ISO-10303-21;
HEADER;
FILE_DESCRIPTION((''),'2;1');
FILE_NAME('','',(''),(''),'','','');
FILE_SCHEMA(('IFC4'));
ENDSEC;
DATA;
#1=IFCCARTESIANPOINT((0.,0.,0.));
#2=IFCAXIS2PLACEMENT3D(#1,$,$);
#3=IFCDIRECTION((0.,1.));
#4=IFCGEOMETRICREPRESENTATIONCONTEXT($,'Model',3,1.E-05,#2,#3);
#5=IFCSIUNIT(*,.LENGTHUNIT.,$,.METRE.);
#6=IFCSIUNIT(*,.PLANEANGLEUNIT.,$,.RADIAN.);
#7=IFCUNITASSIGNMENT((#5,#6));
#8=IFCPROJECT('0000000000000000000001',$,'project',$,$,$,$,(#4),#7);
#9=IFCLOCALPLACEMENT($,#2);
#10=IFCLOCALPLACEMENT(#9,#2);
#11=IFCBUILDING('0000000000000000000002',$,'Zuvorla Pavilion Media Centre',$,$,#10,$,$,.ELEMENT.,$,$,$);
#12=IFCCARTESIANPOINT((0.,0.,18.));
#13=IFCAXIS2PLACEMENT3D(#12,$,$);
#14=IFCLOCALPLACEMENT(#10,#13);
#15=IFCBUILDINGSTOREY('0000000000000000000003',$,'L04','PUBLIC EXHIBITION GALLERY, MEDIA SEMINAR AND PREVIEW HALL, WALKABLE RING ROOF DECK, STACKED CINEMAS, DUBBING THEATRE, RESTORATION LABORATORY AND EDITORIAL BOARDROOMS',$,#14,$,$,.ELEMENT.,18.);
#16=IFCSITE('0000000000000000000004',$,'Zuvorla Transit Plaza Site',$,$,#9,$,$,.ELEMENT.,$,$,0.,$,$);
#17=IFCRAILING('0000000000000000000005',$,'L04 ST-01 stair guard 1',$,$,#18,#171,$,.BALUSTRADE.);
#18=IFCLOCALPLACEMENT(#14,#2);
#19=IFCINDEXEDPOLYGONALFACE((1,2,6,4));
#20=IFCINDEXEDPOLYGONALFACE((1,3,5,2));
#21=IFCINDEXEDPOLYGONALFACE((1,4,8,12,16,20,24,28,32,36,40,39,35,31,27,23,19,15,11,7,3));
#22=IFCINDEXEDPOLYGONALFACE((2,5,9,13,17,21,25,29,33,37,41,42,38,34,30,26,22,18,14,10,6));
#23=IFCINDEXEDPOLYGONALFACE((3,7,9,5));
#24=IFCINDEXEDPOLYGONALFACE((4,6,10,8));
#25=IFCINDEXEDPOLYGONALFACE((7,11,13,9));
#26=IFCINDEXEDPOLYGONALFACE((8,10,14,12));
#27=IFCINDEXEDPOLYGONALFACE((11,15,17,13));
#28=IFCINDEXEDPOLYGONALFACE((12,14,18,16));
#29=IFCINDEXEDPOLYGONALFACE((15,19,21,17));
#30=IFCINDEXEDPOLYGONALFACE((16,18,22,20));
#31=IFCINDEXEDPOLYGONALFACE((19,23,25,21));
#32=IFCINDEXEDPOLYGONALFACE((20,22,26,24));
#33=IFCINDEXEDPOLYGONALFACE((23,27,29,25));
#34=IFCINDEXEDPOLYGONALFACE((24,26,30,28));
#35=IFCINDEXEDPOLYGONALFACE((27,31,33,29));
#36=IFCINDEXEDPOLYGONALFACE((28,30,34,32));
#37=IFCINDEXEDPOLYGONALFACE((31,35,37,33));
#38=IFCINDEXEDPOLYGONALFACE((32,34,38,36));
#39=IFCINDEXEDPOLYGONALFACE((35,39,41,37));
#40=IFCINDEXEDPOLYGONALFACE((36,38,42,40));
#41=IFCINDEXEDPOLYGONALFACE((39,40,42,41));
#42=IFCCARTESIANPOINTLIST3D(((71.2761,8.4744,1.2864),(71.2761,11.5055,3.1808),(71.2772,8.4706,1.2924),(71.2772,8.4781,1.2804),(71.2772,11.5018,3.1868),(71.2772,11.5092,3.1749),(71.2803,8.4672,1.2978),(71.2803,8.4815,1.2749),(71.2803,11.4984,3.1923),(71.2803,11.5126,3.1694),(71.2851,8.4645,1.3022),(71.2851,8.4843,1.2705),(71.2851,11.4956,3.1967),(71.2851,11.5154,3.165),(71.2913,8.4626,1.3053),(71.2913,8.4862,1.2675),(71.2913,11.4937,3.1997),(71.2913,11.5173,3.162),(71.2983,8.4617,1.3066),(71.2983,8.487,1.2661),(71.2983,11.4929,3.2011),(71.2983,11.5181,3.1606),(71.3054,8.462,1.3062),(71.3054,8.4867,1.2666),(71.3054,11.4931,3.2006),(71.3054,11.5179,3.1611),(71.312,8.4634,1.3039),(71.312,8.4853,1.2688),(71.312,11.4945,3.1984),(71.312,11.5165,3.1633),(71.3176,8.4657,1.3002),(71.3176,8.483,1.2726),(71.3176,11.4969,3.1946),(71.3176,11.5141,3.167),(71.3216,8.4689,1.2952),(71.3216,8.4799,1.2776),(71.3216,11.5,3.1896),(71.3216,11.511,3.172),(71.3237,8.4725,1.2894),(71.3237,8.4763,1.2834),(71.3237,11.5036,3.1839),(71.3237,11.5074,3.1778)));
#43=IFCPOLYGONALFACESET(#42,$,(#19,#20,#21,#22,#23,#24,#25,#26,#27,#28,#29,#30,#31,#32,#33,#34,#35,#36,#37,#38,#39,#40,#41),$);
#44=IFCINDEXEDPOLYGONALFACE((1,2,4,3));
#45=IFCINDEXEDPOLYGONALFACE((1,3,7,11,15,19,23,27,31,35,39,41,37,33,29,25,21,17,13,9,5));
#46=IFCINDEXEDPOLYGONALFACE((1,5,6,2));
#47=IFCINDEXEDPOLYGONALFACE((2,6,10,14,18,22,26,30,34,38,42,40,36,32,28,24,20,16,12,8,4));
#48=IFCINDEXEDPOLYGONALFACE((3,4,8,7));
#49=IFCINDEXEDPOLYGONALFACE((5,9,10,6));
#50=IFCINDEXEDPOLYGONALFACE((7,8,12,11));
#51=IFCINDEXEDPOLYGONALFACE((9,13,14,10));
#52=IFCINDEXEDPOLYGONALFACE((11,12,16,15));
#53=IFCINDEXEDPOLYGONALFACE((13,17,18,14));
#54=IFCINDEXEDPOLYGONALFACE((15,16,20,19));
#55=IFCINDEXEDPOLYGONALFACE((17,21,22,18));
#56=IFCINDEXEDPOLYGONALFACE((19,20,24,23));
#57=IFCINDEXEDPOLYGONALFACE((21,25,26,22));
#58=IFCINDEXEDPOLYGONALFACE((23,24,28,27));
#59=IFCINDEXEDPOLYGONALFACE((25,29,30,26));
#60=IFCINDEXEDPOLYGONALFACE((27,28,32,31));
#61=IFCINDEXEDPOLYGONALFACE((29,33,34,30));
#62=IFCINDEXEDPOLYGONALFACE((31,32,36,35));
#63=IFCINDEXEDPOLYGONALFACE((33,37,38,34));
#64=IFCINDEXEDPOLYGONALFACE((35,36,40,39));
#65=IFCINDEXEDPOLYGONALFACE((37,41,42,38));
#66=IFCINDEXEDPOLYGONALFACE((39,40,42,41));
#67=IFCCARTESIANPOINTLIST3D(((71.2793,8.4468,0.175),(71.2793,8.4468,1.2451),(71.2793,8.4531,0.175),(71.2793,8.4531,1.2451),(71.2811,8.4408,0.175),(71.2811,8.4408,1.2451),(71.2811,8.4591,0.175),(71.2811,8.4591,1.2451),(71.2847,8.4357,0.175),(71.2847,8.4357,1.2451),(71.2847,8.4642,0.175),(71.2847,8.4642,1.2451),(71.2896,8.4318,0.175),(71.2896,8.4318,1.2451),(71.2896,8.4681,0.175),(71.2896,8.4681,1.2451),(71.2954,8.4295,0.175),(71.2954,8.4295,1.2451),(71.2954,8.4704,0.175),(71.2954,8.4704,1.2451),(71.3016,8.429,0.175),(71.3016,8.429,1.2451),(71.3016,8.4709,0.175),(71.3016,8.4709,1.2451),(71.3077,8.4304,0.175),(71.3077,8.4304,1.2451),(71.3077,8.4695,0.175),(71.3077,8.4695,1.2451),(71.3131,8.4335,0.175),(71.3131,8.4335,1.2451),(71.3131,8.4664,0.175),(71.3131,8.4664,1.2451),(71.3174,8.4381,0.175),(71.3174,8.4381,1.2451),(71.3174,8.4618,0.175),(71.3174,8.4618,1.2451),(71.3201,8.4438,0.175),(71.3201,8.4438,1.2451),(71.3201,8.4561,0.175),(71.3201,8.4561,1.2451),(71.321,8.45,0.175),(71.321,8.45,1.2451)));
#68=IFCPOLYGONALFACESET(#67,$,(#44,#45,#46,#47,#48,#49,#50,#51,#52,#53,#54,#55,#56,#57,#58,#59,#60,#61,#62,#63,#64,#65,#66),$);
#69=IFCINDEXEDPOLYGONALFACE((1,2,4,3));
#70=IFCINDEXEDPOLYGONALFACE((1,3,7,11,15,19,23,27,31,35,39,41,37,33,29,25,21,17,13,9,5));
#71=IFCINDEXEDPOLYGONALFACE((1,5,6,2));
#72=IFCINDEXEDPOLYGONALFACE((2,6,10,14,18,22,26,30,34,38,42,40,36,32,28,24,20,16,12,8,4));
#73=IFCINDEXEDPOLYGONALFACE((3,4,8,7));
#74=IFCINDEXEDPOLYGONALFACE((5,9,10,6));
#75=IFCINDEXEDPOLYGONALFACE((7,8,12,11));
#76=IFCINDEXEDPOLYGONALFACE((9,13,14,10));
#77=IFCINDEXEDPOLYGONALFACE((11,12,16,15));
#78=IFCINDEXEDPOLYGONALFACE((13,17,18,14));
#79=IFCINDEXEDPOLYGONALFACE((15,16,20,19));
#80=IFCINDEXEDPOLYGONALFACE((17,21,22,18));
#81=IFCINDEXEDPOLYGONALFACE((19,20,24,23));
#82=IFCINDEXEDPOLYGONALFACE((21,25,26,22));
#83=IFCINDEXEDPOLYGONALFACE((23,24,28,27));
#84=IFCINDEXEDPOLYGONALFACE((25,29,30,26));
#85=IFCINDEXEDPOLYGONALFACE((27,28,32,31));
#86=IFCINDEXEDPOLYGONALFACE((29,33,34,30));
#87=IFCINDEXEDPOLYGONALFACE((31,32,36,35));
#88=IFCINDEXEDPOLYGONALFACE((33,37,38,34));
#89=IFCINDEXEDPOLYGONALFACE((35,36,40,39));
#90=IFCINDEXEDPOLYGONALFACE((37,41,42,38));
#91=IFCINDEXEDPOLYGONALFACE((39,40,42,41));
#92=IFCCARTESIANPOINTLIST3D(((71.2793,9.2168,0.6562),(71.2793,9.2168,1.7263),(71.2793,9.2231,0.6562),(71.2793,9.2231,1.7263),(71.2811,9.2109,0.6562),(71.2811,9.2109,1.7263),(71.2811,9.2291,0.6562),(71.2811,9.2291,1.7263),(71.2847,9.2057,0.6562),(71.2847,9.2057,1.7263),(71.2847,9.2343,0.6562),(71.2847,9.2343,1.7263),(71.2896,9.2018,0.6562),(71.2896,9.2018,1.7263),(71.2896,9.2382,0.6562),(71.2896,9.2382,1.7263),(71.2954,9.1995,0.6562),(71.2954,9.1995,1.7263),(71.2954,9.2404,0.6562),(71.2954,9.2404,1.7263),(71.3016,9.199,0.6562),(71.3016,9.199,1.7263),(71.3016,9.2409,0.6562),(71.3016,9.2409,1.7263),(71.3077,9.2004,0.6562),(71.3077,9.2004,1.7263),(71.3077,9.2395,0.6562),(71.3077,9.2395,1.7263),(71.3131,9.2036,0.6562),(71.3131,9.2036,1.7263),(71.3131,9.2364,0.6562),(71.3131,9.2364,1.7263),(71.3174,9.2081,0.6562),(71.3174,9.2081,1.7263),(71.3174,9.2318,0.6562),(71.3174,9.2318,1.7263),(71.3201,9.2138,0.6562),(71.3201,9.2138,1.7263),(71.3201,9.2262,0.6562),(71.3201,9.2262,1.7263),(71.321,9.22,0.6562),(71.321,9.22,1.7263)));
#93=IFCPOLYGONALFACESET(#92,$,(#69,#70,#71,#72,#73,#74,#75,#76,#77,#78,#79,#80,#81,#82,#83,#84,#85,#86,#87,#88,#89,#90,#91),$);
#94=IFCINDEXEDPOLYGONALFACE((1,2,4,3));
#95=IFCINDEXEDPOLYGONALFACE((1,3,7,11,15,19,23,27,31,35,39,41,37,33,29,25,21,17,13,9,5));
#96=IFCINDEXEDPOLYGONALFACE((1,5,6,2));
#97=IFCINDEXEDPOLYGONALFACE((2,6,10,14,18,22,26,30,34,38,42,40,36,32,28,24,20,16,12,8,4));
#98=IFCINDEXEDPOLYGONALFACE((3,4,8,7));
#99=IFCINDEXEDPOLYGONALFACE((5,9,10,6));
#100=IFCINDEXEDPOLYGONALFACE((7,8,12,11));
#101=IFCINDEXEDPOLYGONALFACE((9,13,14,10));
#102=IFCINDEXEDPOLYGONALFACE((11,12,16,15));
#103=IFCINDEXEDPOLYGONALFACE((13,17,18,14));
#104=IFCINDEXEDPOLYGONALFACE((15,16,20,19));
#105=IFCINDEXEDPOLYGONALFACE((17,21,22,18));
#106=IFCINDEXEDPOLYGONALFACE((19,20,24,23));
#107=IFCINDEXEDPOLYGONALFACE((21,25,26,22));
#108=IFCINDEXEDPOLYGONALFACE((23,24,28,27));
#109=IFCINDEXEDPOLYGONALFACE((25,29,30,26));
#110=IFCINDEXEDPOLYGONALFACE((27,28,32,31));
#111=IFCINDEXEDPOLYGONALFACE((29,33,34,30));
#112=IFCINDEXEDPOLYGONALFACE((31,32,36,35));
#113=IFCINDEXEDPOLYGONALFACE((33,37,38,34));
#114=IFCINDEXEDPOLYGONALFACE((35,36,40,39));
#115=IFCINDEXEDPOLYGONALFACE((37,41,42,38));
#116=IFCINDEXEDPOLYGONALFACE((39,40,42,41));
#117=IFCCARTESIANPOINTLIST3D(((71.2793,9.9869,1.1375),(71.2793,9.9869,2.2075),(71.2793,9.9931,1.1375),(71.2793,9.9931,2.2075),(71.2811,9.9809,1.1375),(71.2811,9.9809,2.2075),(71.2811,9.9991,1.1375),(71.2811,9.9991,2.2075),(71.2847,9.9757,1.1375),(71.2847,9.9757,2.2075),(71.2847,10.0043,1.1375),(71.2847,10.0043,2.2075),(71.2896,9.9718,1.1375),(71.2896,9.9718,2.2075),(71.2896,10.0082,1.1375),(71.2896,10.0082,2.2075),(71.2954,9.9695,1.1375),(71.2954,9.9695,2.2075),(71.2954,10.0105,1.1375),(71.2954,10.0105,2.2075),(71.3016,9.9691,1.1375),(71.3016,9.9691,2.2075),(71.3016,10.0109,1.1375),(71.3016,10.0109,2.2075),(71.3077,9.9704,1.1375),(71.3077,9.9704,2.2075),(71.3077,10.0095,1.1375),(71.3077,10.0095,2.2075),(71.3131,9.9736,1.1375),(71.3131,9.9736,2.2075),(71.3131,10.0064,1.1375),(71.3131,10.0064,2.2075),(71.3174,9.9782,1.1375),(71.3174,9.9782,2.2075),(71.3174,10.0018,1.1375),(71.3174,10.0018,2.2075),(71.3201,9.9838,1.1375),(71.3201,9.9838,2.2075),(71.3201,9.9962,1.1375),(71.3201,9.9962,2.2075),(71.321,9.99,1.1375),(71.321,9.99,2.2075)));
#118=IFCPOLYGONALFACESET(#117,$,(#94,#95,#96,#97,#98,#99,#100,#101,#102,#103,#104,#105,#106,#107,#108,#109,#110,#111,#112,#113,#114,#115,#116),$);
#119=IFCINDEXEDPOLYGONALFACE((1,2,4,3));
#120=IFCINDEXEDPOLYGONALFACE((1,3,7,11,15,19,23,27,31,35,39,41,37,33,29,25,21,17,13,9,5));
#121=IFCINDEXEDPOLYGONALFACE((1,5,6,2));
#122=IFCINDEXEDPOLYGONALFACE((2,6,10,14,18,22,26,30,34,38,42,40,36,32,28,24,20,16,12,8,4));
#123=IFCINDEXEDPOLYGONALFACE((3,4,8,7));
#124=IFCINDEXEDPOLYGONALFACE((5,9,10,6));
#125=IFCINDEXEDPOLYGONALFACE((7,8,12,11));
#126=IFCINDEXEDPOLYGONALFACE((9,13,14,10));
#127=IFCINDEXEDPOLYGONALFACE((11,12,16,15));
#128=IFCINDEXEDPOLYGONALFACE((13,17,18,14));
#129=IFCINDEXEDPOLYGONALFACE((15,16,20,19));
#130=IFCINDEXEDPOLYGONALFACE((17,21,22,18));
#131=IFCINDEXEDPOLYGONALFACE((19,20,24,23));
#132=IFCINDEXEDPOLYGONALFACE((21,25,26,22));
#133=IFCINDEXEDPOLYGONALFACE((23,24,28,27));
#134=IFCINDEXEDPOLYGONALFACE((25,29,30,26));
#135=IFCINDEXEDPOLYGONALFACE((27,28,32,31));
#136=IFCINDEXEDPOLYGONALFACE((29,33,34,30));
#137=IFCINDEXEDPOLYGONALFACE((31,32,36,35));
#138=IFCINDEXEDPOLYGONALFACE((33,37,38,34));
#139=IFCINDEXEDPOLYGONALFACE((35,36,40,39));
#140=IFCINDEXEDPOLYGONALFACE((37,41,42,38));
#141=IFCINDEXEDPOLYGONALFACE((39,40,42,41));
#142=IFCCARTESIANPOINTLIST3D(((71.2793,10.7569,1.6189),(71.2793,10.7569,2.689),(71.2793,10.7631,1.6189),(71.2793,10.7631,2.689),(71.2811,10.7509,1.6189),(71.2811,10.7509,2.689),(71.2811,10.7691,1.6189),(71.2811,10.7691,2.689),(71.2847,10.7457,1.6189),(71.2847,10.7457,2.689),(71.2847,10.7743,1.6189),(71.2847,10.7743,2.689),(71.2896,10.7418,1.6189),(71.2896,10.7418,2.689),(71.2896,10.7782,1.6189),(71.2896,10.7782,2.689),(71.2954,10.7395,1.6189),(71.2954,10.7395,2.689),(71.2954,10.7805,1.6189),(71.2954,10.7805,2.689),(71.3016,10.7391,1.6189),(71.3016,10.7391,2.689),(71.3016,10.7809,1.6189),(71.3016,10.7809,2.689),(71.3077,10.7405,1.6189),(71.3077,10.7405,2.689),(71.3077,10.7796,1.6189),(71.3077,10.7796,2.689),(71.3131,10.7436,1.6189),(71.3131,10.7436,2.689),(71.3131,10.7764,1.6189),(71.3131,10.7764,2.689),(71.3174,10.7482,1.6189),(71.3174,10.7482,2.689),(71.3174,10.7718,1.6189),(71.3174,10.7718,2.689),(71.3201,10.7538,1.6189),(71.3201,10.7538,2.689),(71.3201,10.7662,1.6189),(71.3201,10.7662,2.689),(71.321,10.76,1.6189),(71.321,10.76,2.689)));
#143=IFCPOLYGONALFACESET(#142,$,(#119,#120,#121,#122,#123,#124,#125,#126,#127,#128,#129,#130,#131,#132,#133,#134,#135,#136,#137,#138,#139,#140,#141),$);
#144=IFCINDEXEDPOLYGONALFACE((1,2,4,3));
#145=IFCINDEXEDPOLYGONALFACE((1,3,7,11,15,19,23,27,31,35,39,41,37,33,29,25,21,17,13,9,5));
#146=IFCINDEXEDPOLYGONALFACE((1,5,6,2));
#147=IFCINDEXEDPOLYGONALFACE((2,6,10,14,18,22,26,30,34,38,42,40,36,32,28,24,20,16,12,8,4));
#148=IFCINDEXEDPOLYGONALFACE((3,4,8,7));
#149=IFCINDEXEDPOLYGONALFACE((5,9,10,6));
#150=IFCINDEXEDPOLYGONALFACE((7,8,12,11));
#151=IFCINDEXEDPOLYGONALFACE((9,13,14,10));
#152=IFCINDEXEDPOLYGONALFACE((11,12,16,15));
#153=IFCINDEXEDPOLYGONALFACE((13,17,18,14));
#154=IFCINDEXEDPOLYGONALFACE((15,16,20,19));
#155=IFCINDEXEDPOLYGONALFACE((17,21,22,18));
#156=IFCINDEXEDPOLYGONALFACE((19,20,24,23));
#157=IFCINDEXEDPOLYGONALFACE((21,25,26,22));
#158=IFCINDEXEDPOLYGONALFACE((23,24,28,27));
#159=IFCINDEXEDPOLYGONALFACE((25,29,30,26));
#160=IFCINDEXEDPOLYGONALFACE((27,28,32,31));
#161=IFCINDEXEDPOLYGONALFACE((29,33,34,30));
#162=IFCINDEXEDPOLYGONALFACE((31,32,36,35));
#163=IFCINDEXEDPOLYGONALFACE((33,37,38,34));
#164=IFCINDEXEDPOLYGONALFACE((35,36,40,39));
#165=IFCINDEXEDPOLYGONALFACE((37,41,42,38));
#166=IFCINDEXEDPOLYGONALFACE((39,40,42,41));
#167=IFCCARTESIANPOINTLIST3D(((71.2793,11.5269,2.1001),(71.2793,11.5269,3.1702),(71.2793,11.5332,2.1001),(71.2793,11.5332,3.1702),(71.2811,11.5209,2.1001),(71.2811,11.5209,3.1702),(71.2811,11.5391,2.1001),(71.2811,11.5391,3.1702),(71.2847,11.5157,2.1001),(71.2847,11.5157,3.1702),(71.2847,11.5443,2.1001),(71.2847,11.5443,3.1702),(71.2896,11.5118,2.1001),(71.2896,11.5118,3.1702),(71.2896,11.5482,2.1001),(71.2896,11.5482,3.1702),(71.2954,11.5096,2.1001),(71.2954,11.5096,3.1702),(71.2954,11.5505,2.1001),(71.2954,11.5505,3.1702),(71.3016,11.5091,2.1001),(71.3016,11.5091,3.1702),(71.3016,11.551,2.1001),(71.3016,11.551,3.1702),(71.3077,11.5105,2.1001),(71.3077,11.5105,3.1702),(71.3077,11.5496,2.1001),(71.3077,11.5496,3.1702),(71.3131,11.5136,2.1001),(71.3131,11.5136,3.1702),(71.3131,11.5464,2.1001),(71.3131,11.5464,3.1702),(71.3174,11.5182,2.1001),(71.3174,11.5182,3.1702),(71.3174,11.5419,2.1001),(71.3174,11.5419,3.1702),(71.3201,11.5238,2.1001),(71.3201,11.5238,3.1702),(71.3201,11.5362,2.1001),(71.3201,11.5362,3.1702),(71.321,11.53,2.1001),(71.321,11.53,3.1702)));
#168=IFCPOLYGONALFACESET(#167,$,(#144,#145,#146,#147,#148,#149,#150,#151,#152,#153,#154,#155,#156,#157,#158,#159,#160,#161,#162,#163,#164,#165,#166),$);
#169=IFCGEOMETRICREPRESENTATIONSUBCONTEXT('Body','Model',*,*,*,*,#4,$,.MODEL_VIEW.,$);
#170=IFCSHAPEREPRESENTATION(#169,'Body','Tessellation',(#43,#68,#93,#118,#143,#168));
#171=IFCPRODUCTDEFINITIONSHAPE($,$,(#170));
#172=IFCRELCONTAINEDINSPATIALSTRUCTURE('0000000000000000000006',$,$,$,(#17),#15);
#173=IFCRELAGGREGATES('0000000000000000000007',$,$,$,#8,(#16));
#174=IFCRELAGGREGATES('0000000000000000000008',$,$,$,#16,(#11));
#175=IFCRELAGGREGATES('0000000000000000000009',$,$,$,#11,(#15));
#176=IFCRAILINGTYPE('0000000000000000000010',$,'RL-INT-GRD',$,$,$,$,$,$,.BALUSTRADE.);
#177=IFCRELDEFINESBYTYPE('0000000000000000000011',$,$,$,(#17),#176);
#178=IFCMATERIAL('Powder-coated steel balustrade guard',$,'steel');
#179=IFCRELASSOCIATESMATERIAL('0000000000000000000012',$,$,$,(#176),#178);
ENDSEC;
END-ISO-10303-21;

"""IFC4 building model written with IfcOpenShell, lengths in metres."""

from ifc_helpers import new_model, si_unit, direction, frame, origin, origin_2d, place, context, subcontext, project, spatial, circle, extrude, material, type_object, element, save


model = new_model("IFC4")

# Units and contexts
model_context = context("Model", 3, precision=1e-05, world=origin(), true_north=direction((0.0, 1.0)))
body_context = subcontext(model_context, "Body", "Model", "MODEL_VIEW")
ifc_project = project(units=[si_unit("LENGTHUNIT", "METRE"), si_unit("PLANEANGLEUNIT", "RADIAN")], contexts=[model_context])

# Site, building, storey
site_placement = place(None, origin())
site = spatial("IfcSite", under=ifc_project, at=site_placement, Name="Zuvorla Transit Plaza Site", CompositionType="ELEMENT", RefElevation=0.0)
building_placement = place(site_placement, origin())
building = spatial("IfcBuilding", under=site, at=building_placement, Name="Zuvorla Pavilion Media Centre", CompositionType="ELEMENT")
storey_placement = place(building_placement, frame((0.0, 0.0, 18.0)))
storey = spatial("IfcBuildingStorey", under=building, at=storey_placement, Name="L04", Description="PUBLIC EXHIBITION GALLERY, MEDIA SEMINAR AND PREVIEW HALL, WALKABLE RING ROOF DECK, STACKED CINEMAS, DUBBING THEATRE, RESTORATION LABORATORY AND EDITORIAL BOARDROOMS", CompositionType="ELEMENT", Elevation=18.0)

# Railing
ifc_material_1 = material(Name="Powder-coated steel balustrade guard", Category="steel")
railing_type_1 = type_object("IfcRailingType", Name="RL-INT-GRD", PredefinedType="BALUSTRADE", material=ifc_material_1)
railing_1_placement = place(storey_placement, frame((71.3, 8.45, 0.175)))
element("IfcRailing", 1, at=railing_1_placement, inside=storey, type_object=railing_type_1, Name="L04 ST-01 stair guard 1", PredefinedType="BALUSTRADE", context=body_context, shape_type="SweptSolid", body=[
    extrude(circle(Radius=0.0239, at=origin_2d()), frame((0.0, 0.0244, 1.1113), z_axis=(0.0, 0.847998, 0.529999), x_axis=(-1.0, 0.0, 0.0)), (0.0, 0.0, 1.0), 3.5745),
    extrude(circle(Radius=0.021, at=origin_2d()), origin(), (0.0, 0.0, 1.0), 1.0701),
    extrude(circle(Radius=0.021, at=origin_2d()), frame((0.0, 0.77, 0.4812)), (0.0, 0.0, 1.0), 1.0701),
    extrude(circle(Radius=0.021, at=origin_2d()), frame((0.0, 1.54, 0.9624)), (0.0, 0.0, 1.0), 1.0701),
    extrude(circle(Radius=0.021, at=origin_2d()), frame((0.0, 2.3101, 1.4438)), (0.0, 0.0, 1.0), 1.0701),
    extrude(circle(Radius=0.021, at=origin_2d()), frame((0.0, 3.0801, 1.925)), (0.0, 0.0, 1.0), 1.0701),
])

save(model, "model.ifc")
